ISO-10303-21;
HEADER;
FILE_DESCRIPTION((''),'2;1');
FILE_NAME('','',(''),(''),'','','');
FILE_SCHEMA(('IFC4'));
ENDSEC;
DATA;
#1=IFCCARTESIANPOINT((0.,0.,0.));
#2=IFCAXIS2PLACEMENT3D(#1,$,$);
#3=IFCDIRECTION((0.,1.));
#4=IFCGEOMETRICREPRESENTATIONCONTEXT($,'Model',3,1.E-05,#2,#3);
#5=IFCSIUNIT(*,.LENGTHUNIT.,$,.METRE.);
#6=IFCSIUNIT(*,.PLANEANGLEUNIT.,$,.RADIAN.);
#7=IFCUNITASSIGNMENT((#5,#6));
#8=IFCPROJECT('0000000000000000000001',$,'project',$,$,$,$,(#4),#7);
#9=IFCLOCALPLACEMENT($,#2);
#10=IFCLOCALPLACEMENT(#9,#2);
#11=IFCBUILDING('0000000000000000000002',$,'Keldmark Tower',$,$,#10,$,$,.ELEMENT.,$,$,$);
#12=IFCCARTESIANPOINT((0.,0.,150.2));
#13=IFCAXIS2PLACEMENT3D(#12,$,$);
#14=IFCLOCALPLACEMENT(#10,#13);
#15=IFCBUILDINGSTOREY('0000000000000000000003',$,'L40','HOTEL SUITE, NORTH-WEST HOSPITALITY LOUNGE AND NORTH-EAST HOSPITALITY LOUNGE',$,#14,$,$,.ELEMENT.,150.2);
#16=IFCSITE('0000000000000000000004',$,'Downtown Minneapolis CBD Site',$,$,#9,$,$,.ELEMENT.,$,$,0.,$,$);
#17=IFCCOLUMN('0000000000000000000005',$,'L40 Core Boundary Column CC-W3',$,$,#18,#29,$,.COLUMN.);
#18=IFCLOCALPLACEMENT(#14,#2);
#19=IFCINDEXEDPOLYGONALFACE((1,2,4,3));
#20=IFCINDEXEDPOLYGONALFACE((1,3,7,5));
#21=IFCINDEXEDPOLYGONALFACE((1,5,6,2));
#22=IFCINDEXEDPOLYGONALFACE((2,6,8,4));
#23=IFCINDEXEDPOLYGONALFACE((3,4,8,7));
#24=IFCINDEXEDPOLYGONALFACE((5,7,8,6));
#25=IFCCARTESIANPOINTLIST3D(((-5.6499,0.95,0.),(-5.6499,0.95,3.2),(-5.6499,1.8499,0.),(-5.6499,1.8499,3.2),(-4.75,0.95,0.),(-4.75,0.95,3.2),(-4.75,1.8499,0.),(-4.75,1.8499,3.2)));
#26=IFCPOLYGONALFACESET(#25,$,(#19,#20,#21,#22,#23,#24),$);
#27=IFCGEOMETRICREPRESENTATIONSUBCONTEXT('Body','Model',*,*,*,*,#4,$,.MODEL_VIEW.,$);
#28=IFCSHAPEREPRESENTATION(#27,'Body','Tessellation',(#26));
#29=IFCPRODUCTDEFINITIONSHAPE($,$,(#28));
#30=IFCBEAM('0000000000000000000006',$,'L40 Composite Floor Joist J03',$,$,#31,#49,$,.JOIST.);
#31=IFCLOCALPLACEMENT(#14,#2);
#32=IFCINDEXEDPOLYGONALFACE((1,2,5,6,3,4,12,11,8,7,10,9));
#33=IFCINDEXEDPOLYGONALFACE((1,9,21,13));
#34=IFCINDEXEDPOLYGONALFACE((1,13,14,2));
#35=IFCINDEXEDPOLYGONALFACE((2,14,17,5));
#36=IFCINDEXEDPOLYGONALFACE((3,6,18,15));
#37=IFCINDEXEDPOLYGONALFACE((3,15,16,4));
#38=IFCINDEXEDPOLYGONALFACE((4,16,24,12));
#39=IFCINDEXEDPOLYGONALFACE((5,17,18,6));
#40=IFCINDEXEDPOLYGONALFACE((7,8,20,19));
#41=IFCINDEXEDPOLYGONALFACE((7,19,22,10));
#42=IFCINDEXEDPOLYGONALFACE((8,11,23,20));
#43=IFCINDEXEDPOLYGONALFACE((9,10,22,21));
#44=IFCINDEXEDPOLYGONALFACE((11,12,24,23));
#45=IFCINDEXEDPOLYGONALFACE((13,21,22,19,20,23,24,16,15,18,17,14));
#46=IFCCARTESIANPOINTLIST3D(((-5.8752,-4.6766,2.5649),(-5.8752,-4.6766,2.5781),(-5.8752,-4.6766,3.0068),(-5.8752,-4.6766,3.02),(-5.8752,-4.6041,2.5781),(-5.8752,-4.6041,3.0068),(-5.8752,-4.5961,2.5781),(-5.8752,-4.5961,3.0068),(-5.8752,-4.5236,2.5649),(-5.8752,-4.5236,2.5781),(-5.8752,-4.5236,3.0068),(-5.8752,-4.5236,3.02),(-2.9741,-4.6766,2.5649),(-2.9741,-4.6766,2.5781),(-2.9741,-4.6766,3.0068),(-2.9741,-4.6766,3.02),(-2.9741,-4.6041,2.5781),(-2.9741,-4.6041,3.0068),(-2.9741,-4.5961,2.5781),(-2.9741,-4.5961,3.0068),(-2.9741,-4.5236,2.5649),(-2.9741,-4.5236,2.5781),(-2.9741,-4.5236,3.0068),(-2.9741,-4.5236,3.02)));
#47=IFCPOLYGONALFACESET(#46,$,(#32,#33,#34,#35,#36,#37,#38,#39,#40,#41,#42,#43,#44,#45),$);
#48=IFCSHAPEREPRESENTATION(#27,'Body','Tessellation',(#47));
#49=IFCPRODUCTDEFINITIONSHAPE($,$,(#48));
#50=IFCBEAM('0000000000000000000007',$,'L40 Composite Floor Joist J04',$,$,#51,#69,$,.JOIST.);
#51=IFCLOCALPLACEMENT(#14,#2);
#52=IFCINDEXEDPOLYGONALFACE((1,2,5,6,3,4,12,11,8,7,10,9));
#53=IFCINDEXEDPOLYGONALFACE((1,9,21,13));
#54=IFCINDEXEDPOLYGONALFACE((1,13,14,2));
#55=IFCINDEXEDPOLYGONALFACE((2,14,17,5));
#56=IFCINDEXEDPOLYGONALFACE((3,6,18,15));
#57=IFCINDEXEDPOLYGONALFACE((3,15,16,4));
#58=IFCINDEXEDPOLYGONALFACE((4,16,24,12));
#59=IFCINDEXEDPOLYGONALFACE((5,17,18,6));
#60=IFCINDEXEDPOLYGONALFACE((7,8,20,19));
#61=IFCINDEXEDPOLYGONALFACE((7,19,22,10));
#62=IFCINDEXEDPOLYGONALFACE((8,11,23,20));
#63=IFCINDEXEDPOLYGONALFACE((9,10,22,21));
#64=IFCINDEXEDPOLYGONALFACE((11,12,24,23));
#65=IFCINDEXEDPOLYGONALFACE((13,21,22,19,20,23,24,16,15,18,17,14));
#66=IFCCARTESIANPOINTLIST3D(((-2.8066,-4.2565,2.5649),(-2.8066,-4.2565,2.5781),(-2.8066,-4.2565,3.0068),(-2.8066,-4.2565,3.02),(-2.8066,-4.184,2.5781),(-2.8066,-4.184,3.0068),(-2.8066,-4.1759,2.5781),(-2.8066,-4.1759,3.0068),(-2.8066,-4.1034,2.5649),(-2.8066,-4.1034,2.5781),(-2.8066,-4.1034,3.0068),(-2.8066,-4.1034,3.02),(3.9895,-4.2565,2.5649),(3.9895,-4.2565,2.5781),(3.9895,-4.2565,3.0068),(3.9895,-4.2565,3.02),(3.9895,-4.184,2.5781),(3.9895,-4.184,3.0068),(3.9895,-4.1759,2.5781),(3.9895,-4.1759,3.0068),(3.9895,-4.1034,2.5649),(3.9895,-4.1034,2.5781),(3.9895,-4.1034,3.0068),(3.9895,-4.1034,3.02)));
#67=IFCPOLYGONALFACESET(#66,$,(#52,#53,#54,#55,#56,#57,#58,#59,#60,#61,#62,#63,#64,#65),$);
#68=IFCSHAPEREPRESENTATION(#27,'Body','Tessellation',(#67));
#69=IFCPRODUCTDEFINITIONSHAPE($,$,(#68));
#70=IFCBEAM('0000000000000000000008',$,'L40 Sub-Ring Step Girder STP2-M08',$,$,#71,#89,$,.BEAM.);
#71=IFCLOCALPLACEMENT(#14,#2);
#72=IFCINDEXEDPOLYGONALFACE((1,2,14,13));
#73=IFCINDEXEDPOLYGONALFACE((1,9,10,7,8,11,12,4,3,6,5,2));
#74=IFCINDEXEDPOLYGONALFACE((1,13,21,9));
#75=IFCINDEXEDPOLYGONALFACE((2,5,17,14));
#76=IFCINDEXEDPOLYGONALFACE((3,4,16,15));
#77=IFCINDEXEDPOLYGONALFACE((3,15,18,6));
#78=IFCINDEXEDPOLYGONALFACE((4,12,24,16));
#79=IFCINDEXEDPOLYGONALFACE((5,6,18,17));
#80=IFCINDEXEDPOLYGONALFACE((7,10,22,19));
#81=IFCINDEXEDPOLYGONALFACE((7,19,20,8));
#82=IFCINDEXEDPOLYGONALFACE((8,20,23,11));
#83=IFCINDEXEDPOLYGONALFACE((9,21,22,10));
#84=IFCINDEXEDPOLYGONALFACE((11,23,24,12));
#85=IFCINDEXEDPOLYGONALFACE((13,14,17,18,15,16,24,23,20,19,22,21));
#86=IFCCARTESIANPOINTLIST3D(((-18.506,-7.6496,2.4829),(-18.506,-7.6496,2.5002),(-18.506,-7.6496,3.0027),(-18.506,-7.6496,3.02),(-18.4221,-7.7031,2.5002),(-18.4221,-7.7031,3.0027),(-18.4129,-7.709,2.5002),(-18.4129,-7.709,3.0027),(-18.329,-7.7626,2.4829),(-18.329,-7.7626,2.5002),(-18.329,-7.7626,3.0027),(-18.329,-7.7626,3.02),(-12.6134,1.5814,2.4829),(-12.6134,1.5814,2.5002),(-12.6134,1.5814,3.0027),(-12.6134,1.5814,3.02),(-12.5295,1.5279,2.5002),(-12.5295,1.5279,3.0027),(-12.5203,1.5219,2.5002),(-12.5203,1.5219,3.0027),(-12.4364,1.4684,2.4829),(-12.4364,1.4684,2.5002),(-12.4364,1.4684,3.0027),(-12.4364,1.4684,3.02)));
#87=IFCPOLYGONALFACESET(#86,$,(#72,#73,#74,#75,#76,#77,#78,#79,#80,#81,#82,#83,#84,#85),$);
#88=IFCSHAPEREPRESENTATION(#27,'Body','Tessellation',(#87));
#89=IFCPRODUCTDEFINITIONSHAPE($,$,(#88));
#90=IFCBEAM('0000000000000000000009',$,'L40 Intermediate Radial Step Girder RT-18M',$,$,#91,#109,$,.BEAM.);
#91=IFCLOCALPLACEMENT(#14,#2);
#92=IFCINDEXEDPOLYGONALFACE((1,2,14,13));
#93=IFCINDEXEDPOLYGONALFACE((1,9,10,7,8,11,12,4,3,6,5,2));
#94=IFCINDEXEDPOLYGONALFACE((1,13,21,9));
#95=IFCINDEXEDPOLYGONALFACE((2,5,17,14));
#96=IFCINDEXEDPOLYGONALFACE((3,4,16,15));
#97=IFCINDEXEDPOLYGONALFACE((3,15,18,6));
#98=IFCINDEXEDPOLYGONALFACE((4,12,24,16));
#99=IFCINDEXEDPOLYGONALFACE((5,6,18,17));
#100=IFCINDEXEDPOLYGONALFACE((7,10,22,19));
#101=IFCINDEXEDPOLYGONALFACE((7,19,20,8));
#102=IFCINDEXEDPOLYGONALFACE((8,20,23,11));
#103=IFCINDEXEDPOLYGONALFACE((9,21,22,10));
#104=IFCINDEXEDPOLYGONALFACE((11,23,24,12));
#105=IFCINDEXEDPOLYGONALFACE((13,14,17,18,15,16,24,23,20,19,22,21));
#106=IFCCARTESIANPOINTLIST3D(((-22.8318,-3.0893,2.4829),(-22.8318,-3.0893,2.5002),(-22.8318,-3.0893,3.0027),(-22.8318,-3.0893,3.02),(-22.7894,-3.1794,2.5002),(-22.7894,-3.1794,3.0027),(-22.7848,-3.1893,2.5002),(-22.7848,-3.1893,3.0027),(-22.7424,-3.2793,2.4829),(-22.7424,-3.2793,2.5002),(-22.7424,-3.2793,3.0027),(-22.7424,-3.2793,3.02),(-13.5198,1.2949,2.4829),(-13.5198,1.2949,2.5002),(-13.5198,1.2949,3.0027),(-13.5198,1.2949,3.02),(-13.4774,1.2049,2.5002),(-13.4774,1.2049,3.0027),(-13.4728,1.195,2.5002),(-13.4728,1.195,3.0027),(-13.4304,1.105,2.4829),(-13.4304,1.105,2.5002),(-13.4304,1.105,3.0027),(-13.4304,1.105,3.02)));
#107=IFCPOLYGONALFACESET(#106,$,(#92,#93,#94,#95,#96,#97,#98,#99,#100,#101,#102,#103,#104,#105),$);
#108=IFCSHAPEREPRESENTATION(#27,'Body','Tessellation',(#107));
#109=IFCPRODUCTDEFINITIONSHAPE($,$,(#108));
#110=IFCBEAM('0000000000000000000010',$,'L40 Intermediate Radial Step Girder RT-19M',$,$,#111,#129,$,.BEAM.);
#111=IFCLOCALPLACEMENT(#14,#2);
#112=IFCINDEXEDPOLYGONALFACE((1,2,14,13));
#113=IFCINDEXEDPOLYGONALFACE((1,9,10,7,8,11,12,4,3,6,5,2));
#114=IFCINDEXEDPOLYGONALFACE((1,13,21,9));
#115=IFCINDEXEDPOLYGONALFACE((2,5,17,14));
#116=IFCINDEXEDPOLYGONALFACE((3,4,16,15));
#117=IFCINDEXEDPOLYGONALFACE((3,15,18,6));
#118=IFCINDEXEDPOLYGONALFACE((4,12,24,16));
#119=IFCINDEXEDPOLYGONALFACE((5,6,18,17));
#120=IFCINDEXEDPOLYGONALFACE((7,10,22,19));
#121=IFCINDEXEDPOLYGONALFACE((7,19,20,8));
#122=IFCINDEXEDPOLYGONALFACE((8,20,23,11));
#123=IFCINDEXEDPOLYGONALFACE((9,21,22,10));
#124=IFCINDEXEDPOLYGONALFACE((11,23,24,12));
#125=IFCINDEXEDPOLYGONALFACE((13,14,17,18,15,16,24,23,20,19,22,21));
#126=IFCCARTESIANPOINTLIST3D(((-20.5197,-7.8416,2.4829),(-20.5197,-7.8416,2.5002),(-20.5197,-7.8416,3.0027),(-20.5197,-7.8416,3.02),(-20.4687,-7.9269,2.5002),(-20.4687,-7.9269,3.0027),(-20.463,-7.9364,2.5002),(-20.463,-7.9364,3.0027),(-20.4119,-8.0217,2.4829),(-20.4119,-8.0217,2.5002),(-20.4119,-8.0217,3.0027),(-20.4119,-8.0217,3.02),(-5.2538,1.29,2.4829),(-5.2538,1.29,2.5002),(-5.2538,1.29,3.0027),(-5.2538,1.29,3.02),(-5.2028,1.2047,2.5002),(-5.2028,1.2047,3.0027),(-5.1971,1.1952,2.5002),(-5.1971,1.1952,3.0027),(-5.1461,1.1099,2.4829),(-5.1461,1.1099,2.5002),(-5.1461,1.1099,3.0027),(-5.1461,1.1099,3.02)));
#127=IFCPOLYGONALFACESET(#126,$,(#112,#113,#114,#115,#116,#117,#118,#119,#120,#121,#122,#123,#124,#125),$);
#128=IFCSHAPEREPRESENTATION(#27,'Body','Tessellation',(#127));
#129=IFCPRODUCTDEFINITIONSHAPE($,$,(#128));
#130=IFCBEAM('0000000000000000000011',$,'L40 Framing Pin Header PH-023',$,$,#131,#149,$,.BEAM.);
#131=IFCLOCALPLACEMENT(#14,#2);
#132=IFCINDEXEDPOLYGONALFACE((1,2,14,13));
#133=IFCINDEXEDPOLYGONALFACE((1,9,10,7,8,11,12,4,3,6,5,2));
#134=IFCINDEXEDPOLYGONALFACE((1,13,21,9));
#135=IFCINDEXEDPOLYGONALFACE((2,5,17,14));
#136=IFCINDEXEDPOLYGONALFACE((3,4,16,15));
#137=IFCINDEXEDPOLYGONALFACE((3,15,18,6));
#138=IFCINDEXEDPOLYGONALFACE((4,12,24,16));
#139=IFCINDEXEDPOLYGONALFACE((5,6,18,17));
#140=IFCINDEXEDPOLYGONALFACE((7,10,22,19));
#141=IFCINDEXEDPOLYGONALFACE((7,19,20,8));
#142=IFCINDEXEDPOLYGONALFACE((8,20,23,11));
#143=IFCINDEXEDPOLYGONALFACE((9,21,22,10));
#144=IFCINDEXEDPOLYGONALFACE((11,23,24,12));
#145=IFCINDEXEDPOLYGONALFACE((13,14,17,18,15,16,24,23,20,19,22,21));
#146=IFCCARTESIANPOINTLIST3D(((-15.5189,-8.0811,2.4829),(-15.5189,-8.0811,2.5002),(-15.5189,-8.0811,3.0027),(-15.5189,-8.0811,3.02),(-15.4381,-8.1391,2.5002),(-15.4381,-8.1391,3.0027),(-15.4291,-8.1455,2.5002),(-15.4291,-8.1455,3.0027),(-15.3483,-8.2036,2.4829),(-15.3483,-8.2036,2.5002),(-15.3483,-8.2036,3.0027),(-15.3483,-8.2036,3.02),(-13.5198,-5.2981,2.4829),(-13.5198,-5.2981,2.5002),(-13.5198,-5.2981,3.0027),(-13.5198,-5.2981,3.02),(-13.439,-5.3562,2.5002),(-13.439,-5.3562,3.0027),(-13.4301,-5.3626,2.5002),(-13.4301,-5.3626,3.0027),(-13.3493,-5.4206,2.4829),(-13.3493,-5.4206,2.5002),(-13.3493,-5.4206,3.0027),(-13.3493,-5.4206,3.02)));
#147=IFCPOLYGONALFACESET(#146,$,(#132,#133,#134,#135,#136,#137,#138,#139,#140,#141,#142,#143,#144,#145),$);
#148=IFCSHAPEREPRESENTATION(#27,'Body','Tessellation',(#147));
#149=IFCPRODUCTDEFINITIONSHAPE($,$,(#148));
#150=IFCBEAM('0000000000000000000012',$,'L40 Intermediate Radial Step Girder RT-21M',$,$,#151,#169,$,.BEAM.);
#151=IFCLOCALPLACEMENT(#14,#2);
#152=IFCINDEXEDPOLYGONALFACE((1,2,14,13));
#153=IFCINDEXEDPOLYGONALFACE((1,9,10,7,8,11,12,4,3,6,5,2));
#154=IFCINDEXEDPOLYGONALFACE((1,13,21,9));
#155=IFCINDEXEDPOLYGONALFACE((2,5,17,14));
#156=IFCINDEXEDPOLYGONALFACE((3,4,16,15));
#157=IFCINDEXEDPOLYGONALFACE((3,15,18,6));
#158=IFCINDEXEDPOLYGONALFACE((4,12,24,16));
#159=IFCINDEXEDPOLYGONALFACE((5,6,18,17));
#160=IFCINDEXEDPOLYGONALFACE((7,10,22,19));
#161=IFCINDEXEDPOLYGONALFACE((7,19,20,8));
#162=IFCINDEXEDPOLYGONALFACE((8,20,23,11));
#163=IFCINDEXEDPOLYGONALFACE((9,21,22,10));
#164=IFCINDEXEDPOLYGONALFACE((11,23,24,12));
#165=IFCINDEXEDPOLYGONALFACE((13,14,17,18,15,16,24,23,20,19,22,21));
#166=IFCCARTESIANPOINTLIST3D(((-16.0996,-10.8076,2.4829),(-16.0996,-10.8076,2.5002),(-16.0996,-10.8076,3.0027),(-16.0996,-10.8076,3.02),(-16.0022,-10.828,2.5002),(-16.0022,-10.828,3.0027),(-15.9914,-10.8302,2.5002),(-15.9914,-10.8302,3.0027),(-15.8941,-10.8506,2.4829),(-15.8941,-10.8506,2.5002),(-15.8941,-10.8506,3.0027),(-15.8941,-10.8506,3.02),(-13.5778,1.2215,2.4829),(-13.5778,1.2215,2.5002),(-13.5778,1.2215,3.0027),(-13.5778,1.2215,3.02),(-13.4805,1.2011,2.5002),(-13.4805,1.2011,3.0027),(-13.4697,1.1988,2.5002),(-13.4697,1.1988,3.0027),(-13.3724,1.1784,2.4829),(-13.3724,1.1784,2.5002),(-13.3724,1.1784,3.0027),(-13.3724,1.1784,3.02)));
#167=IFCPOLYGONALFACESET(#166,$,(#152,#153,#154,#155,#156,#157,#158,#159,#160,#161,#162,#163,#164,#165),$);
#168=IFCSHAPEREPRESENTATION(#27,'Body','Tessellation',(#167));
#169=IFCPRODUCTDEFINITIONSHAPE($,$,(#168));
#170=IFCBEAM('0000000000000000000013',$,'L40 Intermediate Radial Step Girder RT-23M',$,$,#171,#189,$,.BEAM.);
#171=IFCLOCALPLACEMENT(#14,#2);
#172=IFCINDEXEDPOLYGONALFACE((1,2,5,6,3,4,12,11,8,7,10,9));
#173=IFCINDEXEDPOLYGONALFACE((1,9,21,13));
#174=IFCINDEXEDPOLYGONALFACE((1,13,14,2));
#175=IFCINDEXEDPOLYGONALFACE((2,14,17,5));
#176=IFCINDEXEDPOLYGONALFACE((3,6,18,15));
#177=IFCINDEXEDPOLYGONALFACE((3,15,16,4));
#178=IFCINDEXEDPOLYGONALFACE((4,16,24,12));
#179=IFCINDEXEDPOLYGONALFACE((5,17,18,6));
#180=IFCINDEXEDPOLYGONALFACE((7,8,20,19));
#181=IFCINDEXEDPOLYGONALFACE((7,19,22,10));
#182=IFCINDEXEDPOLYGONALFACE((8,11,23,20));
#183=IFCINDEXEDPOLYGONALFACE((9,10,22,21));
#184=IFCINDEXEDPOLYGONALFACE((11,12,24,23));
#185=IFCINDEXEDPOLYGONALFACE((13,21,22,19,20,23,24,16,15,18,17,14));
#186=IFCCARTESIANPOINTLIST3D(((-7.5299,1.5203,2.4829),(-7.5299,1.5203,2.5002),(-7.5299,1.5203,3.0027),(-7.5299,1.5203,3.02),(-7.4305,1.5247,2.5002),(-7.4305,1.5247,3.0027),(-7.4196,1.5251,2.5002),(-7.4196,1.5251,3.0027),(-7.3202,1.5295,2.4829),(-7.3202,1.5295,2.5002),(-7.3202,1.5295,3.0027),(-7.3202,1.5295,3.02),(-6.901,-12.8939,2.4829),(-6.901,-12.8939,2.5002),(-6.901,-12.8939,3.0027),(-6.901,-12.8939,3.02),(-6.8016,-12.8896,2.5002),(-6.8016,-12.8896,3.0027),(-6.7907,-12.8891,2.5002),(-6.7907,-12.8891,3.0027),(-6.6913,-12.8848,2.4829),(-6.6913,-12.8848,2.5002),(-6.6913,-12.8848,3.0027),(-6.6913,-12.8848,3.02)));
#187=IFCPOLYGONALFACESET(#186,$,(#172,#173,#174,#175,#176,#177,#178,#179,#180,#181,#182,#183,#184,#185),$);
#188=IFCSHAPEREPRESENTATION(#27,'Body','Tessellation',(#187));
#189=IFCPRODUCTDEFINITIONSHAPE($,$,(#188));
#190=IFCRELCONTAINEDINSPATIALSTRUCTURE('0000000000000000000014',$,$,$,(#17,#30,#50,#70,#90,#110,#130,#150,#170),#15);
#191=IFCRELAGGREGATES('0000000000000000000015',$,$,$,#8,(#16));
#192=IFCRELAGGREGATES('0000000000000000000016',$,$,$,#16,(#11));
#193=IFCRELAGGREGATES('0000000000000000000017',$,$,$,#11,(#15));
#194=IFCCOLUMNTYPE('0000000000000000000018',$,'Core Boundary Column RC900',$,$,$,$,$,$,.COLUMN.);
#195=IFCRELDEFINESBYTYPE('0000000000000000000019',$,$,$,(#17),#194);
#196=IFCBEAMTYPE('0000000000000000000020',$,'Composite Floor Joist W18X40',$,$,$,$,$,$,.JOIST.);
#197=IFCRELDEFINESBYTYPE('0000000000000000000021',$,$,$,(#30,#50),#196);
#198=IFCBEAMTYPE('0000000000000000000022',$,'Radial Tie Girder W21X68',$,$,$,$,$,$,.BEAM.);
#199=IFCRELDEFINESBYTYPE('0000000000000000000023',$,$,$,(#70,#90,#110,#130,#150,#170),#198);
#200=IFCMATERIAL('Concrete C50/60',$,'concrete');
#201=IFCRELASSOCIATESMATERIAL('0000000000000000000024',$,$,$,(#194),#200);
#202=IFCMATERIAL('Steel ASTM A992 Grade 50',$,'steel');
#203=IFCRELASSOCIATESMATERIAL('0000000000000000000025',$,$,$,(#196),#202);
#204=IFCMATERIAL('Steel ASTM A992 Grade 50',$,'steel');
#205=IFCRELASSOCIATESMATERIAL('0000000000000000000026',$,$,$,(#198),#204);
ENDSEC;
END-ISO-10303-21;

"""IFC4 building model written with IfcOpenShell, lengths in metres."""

from ifc_helpers import new_model, si_unit, direction, frame, origin, origin_2d, place, context, subcontext, project, spatial, rectangle, i_section, extrude, material, material_profile, profile_set, type_object, element, save


model = new_model("IFC4")

# Units and contexts
model_context = context("Model", 3, precision=1e-05, world=origin(), true_north=direction((0.0, 1.0)))
body_context = subcontext(model_context, "Body", "Model", "MODEL_VIEW")
ifc_project = project(units=[si_unit("LENGTHUNIT", "METRE"), si_unit("PLANEANGLEUNIT", "RADIAN")], contexts=[model_context])

# Site, building, storey
site_placement = place(None, origin())
site = spatial("IfcSite", under=ifc_project, at=site_placement, Name="Downtown Minneapolis CBD Site", CompositionType="ELEMENT", RefElevation=0.0)
building_placement = place(site_placement, origin())
building = spatial("IfcBuilding", under=site, at=building_placement, Name="Keldmark Tower", CompositionType="ELEMENT")
storey_placement = place(building_placement, frame((0.0, 0.0, 150.2)))
storey = spatial("IfcBuildingStorey", under=building, at=storey_placement, Name="L40", Description="HOTEL SUITE, NORTH-WEST HOSPITALITY LOUNGE AND NORTH-EAST HOSPITALITY LOUNGE", CompositionType="ELEMENT", Elevation=150.2)

# Column
ifc_material_1 = material(Name="Concrete C50/60", Category="concrete")
ifc_material_profile_1 = material_profile(ifc_material_1, rectangle(XDim=0.8999, YDim=0.8999, at=origin_2d()), Name="RC900X900")
ifc_profile_set_1 = profile_set([ifc_material_profile_1], Name="Concrete C50/60")
column_type = type_object("IfcColumnType", Name="Core Boundary Column RC900", PredefinedType="COLUMN", material=ifc_profile_set_1)
column_placement = place(storey_placement, frame((-5.2, 1.3999, 0.0), z_axis=(0.0, 0.0, 1.0), x_axis=(1.0, 0.0, 0.0)))
element("IfcColumn", 1, at=column_placement, inside=storey, type_object=column_type, Name="L40 Core Boundary Column CC-W3", PredefinedType="COLUMN", context=body_context, shape_type="SweptSolid", body=[
    extrude(rectangle(XDim=0.8999, YDim=0.8999, at=origin_2d()), origin(), (0.0, 0.0, 1.0), 3.2),
])

# Beams
ifc_material_2 = material(Name="Steel ASTM A992 Grade 50", Category="steel")
ifc_material_profile_2 = material_profile(ifc_material_2, i_section(OverallWidth=0.1531, OverallDepth=0.4551, WebThickness=0.0081, FlangeThickness=0.0132, at=origin_2d()), Name="W18X40")
ifc_profile_set_2 = profile_set([ifc_material_profile_2], Name="Steel ASTM A992 Grade 50")
beam_type_1 = type_object("IfcBeamType", Name="Composite Floor Joist W18X40", PredefinedType="JOIST", material=ifc_profile_set_2)
beam_1_placement = place(storey_placement, frame((-5.8752, -4.6001, 2.7925), z_axis=(1.0, 0.0, 0.0), x_axis=(0.0, 1.0, 0.0)))
element("IfcBeam", 2, at=beam_1_placement, inside=storey, type_object=beam_type_1, Name="L40 Composite Floor Joist J03", PredefinedType="JOIST", context=body_context, shape_type="SweptSolid", body=[
    extrude(i_section(OverallWidth=0.1531, OverallDepth=0.4551, WebThickness=0.0081, FlangeThickness=0.0132, at=origin_2d()), origin(), (0.0, 0.0, 1.0), 2.9011),
])
beam_2_placement = place(storey_placement, frame((-2.8066, -4.1799, 2.7925), z_axis=(1.0, 0.0, 0.0), x_axis=(0.0, 1.0, 0.0)))
element("IfcBeam", 3, at=beam_2_placement, inside=storey, type_object=beam_type_1, Name="L40 Composite Floor Joist J04", PredefinedType="JOIST", context=body_context, shape_type="SweptSolid", body=[
    extrude(i_section(OverallWidth=0.1531, OverallDepth=0.4551, WebThickness=0.0081, FlangeThickness=0.0132, at=origin_2d()), origin(), (0.0, 0.0, 1.0), 6.7961),
])
ifc_material_3 = material(Name="Steel ASTM A992 Grade 50", Category="steel")
ifc_material_profile_3 = material_profile(ifc_material_3, i_section(OverallWidth=0.21, OverallDepth=0.5371, WebThickness=0.011, FlangeThickness=0.0173, at=origin_2d()), Name="W21X68")
ifc_profile_set_3 = profile_set([ifc_material_profile_3], Name="Steel ASTM A992 Grade 50")
beam_type_2 = type_object("IfcBeamType", Name="Radial Tie Girder W21X68", PredefinedType="BEAM", material=ifc_profile_set_3)
beam_3_placement = place(storey_placement, frame((-12.5249, 1.5249, 2.7515), z_axis=(-0.538066, -0.842902, 0.0), x_axis=(0.842902, -0.538066, 0.0)))
element("IfcBeam", 4, at=beam_3_placement, inside=storey, type_object=beam_type_2, Name="L40 Sub-Ring Step Girder STP2-M08", PredefinedType="BEAM", context=body_context, shape_type="SweptSolid", body=[
    extrude(i_section(OverallWidth=0.21, OverallDepth=0.5371, WebThickness=0.011, FlangeThickness=0.0173, at=origin_2d()), origin(), (0.0, 0.0, 1.0), 10.9514),
])
beam_4_placement = place(storey_placement, frame((-13.4751, 1.2, 2.7515), z_axis=(-0.904738, -0.425968, 0.0), x_axis=(0.425968, -0.904738, 0.0)))
element("IfcBeam", 5, at=beam_4_placement, inside=storey, type_object=beam_type_2, Name="L40 Intermediate Radial Step Girder RT-18M", PredefinedType="BEAM", context=body_context, shape_type="SweptSolid", body=[
    extrude(i_section(OverallWidth=0.21, OverallDepth=0.5371, WebThickness=0.011, FlangeThickness=0.0173, at=origin_2d()), origin(), (0.0, 0.0, 1.0), 10.2925),
])
beam_5_placement = place(storey_placement, frame((-5.2, 1.2, 2.7515), z_axis=(-0.858185, -0.513341, 0.0), x_axis=(0.513341, -0.858185, 0.0)))
element("IfcBeam", 6, at=beam_5_placement, inside=storey, type_object=beam_type_2, Name="L40 Intermediate Radial Step Girder RT-19M", PredefinedType="BEAM", context=body_context, shape_type="SweptSolid", body=[
    extrude(i_section(OverallWidth=0.21, OverallDepth=0.5371, WebThickness=0.011, FlangeThickness=0.0173, at=origin_2d()), origin(), (0.0, 0.0, 1.0), 17.7886),
])
beam_6_placement = place(storey_placement, frame((-13.4346, -5.3594, 2.7515), z_axis=(-0.5834, -0.812185, 0.0), x_axis=(0.812185, -0.5834, 0.0)))
element("IfcBeam", 7, at=beam_6_placement, inside=storey, type_object=beam_type_2, Name="L40 Framing Pin Header PH-023", PredefinedType="BEAM", context=body_context, shape_type="SweptSolid", body=[
    extrude(i_section(OverallWidth=0.21, OverallDepth=0.5371, WebThickness=0.011, FlangeThickness=0.0173, at=origin_2d()), origin(), (0.0, 0.0, 1.0), 3.4265),
])
beam_7_placement = place(storey_placement, frame((-13.4751, 1.2, 2.7515), z_axis=(-0.205176, -0.978725, 0.0), x_axis=(0.978725, -0.205176, 0.0)))
element("IfcBeam", 8, at=beam_7_placement, inside=storey, type_object=beam_type_2, Name="L40 Intermediate Radial Step Girder RT-21M", PredefinedType="BEAM", context=body_context, shape_type="SweptSolid", body=[
    extrude(i_section(OverallWidth=0.21, OverallDepth=0.5371, WebThickness=0.011, FlangeThickness=0.0173, at=origin_2d()), origin(), (0.0, 0.0, 1.0), 12.2905),
])
beam_8_placement = place(storey_placement, frame((-7.425, 1.5249, 2.7515), z_axis=(0.043589, -0.99905, 0.0), x_axis=(0.99905, 0.043589, 0.0)))
element("IfcBeam", 9, at=beam_8_placement, inside=storey, type_object=beam_type_2, Name="L40 Intermediate Radial Step Girder RT-23M", PredefinedType="BEAM", context=body_context, shape_type="SweptSolid", body=[
    extrude(i_section(OverallWidth=0.21, OverallDepth=0.5371, WebThickness=0.011, FlangeThickness=0.0173, at=origin_2d()), origin(), (0.0, 0.0, 1.0), 14.428),
])

save(model, "model.ifc")
